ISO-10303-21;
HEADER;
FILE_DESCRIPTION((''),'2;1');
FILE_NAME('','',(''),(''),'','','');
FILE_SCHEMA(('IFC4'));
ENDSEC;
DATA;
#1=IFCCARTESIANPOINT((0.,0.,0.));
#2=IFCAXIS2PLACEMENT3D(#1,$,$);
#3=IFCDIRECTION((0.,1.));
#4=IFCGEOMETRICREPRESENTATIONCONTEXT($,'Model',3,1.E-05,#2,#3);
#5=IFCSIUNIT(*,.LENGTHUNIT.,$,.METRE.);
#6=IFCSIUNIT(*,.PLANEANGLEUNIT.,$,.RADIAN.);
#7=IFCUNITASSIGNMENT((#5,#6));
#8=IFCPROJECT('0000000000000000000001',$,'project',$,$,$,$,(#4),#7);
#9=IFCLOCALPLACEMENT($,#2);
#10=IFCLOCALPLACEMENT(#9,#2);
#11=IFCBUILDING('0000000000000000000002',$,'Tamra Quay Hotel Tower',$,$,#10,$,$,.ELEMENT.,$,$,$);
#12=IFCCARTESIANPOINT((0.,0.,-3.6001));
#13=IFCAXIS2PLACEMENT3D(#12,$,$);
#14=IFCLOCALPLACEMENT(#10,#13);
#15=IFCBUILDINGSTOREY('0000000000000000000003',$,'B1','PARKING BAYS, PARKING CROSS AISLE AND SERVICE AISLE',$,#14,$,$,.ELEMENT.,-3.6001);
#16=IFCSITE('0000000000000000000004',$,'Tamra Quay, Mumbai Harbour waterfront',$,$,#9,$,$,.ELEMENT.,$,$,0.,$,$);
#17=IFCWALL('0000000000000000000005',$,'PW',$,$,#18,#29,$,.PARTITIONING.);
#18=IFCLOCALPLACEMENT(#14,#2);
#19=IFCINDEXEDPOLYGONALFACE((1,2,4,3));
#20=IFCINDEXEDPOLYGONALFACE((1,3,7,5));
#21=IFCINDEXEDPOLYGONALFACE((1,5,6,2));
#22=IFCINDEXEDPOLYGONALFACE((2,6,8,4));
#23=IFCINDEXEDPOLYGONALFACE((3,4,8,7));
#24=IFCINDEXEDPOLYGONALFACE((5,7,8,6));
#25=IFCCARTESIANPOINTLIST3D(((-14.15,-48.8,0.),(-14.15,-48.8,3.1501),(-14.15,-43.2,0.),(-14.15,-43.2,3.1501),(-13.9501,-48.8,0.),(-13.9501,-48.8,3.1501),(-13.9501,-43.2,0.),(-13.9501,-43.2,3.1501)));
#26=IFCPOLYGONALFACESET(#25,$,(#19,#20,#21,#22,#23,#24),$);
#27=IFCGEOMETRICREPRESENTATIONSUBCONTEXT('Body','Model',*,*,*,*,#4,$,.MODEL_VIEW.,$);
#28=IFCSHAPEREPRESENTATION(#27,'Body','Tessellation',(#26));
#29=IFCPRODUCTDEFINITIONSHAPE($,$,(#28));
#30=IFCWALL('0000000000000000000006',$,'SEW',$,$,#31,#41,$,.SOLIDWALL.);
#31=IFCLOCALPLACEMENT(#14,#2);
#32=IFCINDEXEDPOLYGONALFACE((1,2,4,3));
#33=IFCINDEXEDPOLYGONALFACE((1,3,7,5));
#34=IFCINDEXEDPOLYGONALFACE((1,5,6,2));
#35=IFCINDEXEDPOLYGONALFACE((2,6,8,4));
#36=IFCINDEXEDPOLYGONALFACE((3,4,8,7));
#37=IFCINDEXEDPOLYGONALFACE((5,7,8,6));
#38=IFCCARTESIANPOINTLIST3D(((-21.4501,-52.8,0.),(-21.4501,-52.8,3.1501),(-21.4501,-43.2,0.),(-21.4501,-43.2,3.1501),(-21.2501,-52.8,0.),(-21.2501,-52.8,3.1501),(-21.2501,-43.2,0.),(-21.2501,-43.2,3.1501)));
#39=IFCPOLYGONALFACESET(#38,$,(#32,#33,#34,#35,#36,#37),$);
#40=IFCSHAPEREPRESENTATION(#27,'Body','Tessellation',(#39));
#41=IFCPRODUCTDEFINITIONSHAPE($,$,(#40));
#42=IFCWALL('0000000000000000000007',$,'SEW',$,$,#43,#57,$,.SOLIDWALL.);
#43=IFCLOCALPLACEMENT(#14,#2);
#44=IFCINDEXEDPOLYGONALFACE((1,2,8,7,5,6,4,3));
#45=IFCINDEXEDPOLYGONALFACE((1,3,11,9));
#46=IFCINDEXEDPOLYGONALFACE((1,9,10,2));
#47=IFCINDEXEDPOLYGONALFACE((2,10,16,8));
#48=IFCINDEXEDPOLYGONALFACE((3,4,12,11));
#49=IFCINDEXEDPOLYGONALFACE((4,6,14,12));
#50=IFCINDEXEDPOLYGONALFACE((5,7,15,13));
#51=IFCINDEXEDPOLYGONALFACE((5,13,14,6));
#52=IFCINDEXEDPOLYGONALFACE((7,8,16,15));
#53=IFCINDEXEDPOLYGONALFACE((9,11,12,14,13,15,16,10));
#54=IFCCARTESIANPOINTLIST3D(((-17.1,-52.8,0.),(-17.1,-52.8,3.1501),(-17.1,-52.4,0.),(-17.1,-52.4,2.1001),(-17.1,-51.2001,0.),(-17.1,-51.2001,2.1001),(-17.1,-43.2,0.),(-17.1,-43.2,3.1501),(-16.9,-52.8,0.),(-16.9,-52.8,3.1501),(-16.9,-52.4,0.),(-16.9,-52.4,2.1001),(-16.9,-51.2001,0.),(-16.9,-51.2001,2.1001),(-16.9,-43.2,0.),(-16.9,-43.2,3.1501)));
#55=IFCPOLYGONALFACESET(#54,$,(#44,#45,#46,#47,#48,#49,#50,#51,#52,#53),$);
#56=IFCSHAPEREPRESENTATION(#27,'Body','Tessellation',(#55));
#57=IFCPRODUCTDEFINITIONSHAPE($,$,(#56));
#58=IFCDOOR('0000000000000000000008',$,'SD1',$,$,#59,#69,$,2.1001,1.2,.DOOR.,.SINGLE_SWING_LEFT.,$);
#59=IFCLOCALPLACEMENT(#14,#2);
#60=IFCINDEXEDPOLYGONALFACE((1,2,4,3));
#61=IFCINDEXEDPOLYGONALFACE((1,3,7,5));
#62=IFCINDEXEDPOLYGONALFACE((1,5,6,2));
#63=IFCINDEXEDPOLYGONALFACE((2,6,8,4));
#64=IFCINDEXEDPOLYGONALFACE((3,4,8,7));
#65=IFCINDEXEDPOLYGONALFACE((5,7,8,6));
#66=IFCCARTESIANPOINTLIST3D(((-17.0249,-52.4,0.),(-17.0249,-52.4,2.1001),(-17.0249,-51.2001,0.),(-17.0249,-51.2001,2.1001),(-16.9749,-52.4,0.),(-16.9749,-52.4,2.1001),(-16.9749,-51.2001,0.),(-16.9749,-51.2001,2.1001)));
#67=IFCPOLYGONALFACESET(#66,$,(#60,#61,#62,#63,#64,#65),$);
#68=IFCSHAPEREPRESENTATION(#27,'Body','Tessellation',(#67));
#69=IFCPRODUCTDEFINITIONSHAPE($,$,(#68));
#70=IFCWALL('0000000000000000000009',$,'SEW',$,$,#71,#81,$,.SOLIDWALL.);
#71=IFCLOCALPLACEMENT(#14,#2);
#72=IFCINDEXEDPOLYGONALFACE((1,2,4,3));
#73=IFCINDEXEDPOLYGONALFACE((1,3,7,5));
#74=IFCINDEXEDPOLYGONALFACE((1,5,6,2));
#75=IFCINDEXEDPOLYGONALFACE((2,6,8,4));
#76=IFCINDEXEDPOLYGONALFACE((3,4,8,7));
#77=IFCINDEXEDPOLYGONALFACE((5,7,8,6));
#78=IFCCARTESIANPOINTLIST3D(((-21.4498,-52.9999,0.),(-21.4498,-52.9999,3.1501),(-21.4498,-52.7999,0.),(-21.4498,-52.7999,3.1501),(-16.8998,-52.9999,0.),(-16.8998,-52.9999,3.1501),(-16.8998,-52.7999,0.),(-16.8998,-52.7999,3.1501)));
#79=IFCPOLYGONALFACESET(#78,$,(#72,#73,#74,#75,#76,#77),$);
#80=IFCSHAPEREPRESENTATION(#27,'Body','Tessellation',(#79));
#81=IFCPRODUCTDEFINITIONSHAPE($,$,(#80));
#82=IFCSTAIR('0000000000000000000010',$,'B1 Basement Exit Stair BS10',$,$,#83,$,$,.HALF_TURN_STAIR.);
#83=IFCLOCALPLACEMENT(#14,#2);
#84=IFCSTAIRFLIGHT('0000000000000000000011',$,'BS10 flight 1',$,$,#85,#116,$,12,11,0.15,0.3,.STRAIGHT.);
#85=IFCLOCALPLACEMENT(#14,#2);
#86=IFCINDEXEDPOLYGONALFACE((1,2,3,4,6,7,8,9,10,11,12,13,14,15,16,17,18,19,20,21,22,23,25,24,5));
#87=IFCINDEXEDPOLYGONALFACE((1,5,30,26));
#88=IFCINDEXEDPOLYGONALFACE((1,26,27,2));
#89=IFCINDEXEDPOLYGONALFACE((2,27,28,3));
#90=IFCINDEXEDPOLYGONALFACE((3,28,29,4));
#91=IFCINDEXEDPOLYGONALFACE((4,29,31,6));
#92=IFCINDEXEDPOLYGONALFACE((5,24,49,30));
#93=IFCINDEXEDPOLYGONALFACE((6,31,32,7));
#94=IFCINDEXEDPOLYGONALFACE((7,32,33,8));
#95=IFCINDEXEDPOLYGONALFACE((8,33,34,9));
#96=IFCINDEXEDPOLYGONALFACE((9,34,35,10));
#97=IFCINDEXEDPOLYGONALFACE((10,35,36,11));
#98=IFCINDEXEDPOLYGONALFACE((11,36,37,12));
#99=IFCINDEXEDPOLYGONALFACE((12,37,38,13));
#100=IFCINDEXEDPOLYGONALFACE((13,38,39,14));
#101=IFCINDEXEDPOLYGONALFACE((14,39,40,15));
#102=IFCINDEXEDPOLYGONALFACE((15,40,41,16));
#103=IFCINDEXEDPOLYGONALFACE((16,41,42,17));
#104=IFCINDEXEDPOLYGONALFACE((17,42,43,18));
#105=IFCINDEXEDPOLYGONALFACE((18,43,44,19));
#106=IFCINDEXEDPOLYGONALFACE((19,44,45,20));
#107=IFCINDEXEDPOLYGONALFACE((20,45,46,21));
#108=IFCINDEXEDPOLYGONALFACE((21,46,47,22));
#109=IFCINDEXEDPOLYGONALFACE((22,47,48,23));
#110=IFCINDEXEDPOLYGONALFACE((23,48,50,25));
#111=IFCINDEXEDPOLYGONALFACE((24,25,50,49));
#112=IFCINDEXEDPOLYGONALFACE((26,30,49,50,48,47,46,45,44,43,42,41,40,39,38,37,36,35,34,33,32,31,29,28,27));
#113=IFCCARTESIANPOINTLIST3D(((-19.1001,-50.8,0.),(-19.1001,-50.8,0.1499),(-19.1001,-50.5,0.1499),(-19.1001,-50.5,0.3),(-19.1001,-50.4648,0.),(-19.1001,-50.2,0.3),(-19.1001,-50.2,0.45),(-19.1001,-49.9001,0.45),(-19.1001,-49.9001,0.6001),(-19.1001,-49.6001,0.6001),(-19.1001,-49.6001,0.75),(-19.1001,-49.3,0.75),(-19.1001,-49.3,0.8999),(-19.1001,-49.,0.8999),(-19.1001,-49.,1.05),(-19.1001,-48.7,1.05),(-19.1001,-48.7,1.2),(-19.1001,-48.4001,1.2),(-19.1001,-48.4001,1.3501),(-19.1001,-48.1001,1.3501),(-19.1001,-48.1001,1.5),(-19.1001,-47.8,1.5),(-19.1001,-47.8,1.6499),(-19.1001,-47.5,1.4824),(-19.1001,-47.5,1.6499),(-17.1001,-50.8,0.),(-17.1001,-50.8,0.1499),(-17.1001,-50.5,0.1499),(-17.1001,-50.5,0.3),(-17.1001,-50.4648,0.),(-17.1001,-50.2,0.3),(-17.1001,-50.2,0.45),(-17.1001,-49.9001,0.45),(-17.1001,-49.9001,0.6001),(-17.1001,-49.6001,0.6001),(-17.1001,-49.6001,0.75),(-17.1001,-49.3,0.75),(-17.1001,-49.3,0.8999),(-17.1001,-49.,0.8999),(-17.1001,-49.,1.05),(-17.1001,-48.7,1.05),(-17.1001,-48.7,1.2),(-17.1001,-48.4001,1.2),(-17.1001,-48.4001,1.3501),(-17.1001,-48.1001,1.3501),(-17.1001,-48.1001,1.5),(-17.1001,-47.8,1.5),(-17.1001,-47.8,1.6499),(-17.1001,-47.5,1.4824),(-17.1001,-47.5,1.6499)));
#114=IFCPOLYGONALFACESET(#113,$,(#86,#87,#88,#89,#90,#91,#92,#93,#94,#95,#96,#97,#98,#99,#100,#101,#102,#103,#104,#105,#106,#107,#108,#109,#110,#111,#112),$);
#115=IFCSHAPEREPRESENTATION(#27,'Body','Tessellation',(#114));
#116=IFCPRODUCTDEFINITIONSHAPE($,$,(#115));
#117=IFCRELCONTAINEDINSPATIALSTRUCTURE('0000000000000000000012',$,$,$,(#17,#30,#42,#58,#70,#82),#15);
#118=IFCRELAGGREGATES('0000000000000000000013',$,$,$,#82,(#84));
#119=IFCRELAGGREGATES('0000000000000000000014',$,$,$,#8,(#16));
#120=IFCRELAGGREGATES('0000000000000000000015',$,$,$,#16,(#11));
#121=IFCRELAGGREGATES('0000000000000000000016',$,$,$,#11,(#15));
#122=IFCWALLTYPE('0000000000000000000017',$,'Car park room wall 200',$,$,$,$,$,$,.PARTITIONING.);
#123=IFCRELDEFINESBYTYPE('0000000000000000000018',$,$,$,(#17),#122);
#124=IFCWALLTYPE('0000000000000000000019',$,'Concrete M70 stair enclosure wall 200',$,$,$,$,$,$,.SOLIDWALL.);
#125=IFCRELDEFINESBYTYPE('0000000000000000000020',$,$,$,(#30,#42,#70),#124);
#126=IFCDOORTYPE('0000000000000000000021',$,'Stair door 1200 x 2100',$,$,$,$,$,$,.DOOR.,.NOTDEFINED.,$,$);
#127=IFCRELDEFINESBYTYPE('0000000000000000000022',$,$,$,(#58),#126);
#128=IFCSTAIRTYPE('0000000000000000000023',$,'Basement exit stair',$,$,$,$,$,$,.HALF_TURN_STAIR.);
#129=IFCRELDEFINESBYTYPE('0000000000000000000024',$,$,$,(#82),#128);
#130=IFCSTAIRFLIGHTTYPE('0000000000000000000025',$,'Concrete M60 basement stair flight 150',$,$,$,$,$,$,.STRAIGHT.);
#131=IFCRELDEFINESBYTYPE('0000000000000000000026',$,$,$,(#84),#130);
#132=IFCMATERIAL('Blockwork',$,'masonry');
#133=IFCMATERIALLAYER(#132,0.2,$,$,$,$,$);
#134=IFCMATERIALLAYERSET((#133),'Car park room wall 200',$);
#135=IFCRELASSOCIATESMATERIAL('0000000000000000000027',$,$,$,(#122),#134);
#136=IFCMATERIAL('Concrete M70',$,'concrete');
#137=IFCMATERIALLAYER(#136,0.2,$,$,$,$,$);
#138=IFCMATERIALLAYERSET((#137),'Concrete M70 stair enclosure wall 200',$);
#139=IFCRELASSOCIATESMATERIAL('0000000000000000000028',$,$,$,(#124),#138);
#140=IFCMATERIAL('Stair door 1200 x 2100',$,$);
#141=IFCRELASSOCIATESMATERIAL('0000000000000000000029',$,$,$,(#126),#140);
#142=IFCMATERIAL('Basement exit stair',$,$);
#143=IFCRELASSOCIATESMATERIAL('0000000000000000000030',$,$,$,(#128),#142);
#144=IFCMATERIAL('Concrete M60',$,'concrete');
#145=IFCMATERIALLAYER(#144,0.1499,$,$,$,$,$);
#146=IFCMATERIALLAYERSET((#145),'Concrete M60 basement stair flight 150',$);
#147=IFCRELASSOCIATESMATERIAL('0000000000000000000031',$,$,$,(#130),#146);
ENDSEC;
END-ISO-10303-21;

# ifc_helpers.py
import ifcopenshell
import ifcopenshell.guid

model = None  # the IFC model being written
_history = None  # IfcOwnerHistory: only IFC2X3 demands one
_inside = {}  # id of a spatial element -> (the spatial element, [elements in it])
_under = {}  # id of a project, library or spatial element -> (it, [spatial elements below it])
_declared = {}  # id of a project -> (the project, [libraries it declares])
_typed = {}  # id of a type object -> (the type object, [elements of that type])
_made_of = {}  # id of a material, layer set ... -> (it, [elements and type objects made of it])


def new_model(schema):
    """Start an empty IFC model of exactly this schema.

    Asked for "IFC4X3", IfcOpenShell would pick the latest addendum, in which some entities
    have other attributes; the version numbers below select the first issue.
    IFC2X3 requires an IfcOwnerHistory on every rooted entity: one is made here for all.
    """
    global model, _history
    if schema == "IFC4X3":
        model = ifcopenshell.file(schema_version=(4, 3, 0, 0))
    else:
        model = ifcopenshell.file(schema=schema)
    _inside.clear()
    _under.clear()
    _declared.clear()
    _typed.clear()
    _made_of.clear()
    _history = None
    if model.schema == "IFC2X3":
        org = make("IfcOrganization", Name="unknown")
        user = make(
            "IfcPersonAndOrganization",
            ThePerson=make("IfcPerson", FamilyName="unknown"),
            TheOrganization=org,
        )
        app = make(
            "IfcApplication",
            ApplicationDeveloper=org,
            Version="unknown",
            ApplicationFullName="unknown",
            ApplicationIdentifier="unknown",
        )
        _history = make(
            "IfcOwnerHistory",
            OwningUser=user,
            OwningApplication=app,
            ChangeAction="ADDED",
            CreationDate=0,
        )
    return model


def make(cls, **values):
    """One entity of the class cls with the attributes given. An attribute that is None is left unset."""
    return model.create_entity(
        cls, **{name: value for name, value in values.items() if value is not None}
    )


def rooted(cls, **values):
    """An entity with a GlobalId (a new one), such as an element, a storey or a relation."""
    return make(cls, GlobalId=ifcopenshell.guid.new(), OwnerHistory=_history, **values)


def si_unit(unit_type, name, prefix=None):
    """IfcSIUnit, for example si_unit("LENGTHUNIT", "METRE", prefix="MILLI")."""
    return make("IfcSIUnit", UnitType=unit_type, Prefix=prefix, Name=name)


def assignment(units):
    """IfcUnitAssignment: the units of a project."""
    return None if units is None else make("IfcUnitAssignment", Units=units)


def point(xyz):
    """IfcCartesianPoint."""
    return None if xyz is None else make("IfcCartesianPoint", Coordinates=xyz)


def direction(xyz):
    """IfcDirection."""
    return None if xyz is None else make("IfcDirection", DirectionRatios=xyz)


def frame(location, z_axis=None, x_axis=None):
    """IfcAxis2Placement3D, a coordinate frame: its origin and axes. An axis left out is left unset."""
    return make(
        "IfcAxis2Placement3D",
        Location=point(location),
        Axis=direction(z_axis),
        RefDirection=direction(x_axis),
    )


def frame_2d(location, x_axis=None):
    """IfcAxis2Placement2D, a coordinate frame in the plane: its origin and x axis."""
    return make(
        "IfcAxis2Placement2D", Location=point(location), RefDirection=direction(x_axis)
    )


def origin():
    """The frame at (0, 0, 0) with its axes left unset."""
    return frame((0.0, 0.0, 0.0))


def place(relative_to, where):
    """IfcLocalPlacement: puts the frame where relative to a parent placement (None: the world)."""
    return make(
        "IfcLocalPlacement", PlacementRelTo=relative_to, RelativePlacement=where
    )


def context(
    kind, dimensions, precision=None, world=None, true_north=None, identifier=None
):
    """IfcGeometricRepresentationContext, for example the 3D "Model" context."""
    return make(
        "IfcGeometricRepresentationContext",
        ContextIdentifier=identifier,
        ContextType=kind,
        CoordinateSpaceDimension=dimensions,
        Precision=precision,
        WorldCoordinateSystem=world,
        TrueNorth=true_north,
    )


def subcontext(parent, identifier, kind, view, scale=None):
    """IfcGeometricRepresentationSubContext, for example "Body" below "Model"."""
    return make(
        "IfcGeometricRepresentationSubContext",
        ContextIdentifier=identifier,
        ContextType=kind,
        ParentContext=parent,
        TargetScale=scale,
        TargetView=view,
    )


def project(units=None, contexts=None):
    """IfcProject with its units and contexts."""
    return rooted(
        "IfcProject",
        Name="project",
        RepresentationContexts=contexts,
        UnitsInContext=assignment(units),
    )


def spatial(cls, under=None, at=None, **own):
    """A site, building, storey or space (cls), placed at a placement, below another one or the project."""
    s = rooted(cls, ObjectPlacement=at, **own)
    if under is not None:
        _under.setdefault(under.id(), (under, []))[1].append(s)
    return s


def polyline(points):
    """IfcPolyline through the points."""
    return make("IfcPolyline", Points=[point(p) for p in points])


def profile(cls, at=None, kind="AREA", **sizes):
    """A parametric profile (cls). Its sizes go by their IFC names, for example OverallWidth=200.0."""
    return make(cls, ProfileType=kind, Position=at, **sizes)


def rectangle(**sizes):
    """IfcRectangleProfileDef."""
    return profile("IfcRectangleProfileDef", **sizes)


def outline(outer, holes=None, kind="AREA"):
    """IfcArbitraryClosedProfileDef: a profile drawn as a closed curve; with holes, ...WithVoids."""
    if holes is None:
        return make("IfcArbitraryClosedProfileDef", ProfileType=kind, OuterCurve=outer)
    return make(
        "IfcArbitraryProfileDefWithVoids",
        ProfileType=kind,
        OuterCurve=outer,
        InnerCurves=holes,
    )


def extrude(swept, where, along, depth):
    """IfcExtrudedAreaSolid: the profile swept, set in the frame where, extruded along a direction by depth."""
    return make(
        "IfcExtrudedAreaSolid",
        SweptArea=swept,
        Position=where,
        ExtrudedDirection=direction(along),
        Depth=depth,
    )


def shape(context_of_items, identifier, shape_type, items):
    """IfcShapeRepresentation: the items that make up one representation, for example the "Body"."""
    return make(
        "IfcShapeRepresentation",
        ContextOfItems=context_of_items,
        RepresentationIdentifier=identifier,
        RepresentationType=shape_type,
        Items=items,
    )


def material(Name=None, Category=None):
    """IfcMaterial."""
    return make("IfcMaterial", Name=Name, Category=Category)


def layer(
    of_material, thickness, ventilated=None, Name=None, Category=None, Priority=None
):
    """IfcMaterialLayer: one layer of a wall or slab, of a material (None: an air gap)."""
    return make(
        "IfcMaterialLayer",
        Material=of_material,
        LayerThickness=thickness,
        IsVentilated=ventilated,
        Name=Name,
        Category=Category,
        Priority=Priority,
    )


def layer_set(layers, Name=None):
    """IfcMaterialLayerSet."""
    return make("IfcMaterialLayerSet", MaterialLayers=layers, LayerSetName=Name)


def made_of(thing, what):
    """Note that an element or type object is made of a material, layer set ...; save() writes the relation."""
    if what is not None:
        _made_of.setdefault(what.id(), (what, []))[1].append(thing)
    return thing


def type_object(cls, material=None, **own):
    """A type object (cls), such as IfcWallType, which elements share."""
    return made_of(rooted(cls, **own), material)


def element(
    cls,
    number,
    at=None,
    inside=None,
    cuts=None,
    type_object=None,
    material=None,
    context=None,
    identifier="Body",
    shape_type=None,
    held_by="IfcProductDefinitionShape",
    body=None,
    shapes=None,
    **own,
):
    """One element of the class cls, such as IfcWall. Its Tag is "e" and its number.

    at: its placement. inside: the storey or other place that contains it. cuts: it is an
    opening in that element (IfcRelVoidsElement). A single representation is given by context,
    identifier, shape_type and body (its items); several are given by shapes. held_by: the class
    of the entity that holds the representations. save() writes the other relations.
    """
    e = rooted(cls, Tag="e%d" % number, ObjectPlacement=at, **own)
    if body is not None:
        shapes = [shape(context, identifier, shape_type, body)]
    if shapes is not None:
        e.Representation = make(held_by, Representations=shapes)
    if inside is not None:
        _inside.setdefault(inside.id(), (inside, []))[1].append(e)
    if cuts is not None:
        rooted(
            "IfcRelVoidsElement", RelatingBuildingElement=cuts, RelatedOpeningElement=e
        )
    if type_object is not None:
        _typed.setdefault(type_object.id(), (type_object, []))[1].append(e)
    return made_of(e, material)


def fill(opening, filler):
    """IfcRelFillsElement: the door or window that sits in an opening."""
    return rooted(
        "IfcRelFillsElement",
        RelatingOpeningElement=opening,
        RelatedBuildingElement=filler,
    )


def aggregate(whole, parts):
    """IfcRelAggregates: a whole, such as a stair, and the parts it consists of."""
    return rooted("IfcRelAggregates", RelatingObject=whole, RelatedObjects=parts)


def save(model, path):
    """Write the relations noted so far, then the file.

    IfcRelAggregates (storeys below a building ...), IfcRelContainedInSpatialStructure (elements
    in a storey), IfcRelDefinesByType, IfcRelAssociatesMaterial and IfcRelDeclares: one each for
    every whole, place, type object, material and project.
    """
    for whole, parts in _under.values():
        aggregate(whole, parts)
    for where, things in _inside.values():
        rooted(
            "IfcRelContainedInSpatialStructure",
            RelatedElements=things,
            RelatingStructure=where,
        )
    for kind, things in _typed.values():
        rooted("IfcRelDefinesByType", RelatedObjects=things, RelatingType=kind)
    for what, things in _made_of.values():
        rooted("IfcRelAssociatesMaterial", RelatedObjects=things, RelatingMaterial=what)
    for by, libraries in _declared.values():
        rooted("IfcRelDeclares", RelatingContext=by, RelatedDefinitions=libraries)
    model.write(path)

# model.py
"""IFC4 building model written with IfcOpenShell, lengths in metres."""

from ifc_helpers import new_model, si_unit, direction, frame, frame_2d, origin, place, context, subcontext, project, spatial, polyline, rectangle, outline, extrude, material, layer, layer_set, type_object, element, fill, aggregate, save


model = new_model("IFC4")

# Units and contexts
model_context = context("Model", 3, precision=1e-05, world=origin(), true_north=direction((0.0, 1.0)))
body_context = subcontext(model_context, "Body", "Model", "MODEL_VIEW")
ifc_project = project(units=[si_unit("LENGTHUNIT", "METRE"), si_unit("PLANEANGLEUNIT", "RADIAN")], contexts=[model_context])

# Site, building, storey
site_placement = place(None, origin())
site = spatial("IfcSite", under=ifc_project, at=site_placement, Name="Tamra Quay, Mumbai Harbour waterfront", CompositionType="ELEMENT", RefElevation=0.0)
building_placement = place(site_placement, origin())
building = spatial("IfcBuilding", under=site, at=building_placement, Name="Tamra Quay Hotel Tower", CompositionType="ELEMENT")
storey_placement = place(building_placement, frame((0.0, 0.0, -3.6001)))
storey = spatial("IfcBuildingStorey", under=building, at=storey_placement, Name="B1", Description="PARKING BAYS, PARKING CROSS AISLE AND SERVICE AISLE", CompositionType="ELEMENT", Elevation=-3.6001)

# Shared definitions
ifc_material_1 = material(Name="Concrete M70", Category="concrete")

# Shared definitions
ifc_material_2 = material(Name="Blockwork", Category="masonry")
ifc_layer_1 = layer(ifc_material_2, 0.2)
ifc_layer_set_1 = layer_set([ifc_layer_1], Name="Car park room wall 200")
wall_type_1 = type_object("IfcWallType", Name="Car park room wall 200", PredefinedType="PARTITIONING", material=ifc_layer_set_1)

# Walls
wall_1_placement = place(storey_placement, frame((-14.05, -48.8, 0.0), z_axis=(0.0, 0.0, 1.0), x_axis=(0.0, 1.0, 0.0)))
element("IfcWall", 1, at=wall_1_placement, inside=storey, type_object=wall_type_1, Name="PW", PredefinedType="PARTITIONING", context=body_context, shape_type="SweptSolid", body=[
    extrude(rectangle(XDim=5.6001, YDim=0.2, at=frame_2d((2.8, 0.0))), origin(), (0.0, 0.0, 1.0), 3.1501),
])
ifc_layer_2 = layer(ifc_material_1, 0.2)
ifc_layer_set_2 = layer_set([ifc_layer_2], Name="Concrete M70 stair enclosure wall 200")
wall_type_2 = type_object("IfcWallType", Name="Concrete M70 stair enclosure wall 200", PredefinedType="SOLIDWALL", material=ifc_layer_set_2)
wall_2_placement = place(storey_placement, frame((-21.3501, -52.8, 0.0), z_axis=(0.0, 0.0, 1.0), x_axis=(0.0, 1.0, 0.0)))
element("IfcWall", 2, at=wall_2_placement, inside=storey, type_object=wall_type_2, Name="SEW", PredefinedType="SOLIDWALL", context=body_context, shape_type="SweptSolid", body=[
    extrude(rectangle(XDim=9.6001, YDim=0.2, at=frame_2d((4.8, 0.0))), origin(), (0.0, 0.0, 1.0), 3.1501),
])

# Wall, opening, door
wall_3_placement = place(storey_placement, frame((-17.0, -52.8, 0.0), z_axis=(0.0, 0.0, 1.0), x_axis=(0.0, 1.0, 0.0)))
wall_3 = element("IfcWall", 3, at=wall_3_placement, inside=storey, type_object=wall_type_2, Name="SEW", PredefinedType="SOLIDWALL", context=body_context, shape_type="SweptSolid", body=[
    extrude(rectangle(XDim=9.6001, YDim=0.2, at=frame_2d((4.8, 0.0))), origin(), (0.0, 0.0, 1.0), 3.1501),
])
opening_1_placement = place(wall_3_placement, frame((0.3999, 0.0, 0.0)))
opening_1 = element("IfcOpeningElement", 4, at=opening_1_placement, cuts=wall_3, PredefinedType="OPENING", context=body_context, shape_type="SweptSolid", body=[
    extrude(rectangle(XDim=1.2, YDim=2.1001, at=frame_2d((0.6001, 1.05))), frame((0.0, 0.1099, 0.0), z_axis=(0.0, -1.0, 0.0), x_axis=(1.0, 0.0, 0.0)), (0.0, 0.0, 1.0), 0.22),
])
ifc_material_3 = material(Name="Stair door 1200 x 2100")
door_type_1 = type_object("IfcDoorType", Name="Stair door 1200 x 2100", OperationType="NOTDEFINED", PredefinedType="DOOR", material=ifc_material_3)
door_1_placement = place(opening_1_placement, origin())
door_1 = element("IfcDoor", 5, at=door_1_placement, inside=storey, type_object=door_type_1, Name="SD1", OperationType="SINGLE_SWING_LEFT", OverallHeight=2.1001, OverallWidth=1.2, PredefinedType="DOOR", context=body_context, shape_type="SweptSolid", body=[
    extrude(rectangle(XDim=1.2, YDim=2.1001, at=frame_2d((0.6001, 1.05))), frame((0.0, 0.0249, 0.0), z_axis=(0.0, -1.0, 0.0), x_axis=(1.0, 0.0, 0.0)), (0.0, 0.0, 1.0), 0.05),
])
fill(opening_1, door_1)

# Wall
wall_4_placement = place(storey_placement, frame((-16.8999, -52.8999, 0.0), z_axis=(0.0, 0.0, 1.0), x_axis=(-1.0, 0.0, 0.0)))
element("IfcWall", 6, at=wall_4_placement, inside=storey, type_object=wall_type_2, Name="SEW", PredefinedType="SOLIDWALL", context=body_context, shape_type="SweptSolid", body=[
    extrude(rectangle(XDim=4.55, YDim=0.2, at=frame_2d((2.2749, 0.0))), origin(), (0.0, 0.0, 1.0), 3.1501),
])

# Stair, stair flight
ifc_material_4 = material(Name="Basement exit stair")
stair_type = type_object("IfcStairType", Name="Basement exit stair", PredefinedType="HALF_TURN_STAIR", material=ifc_material_4)
stair_placement = place(storey_placement, origin())
stair = element("IfcStair", 7, at=stair_placement, inside=storey, type_object=stair_type, Name="B1 Basement Exit Stair BS10", PredefinedType="HALF_TURN_STAIR")
ifc_material_5 = material(Name="Concrete M60", Category="concrete")
ifc_layer_3 = layer(ifc_material_5, 0.1499)
ifc_layer_set_3 = layer_set([ifc_layer_3], Name="Concrete M60 basement stair flight 150")
stair_flight_type = type_object("IfcStairFlightType", Name="Concrete M60 basement stair flight 150", PredefinedType="STRAIGHT", material=ifc_layer_set_3)
stair_flight_placement = place(storey_placement, frame((-18.1001, -50.8, 0.0), z_axis=(0.0, 0.0, 1.0), x_axis=(0.0, 1.0, 0.0)))
stair_flight = element("IfcStairFlight", 8, at=stair_flight_placement, type_object=stair_flight_type, Name="BS10 flight 1", NumberOfRisers=12, NumberOfTreads=11, PredefinedType="STRAIGHT", RiserHeight=0.15, TreadLength=0.3, context=body_context, shape_type="SweptSolid", body=[
    extrude(outline(polyline([(0.0, 0.0), (0.0, 0.1499), (0.3, 0.1499), (0.3, 0.3), (0.6001, 0.3), (0.6001, 0.45), (0.8999, 0.45), (0.8999, 0.6001), (1.2, 0.6001), (1.2, 0.75), (1.5, 0.75), (1.5, 0.8999), (1.8, 0.8999), (1.8, 1.05), (2.1001, 1.05), (2.1001, 1.2), (2.3999, 1.2), (2.3999, 1.3501), (2.7, 1.3501), (2.7, 1.5), (3.0, 1.5), (3.0, 1.6499), (3.3, 1.6499), (3.3, 1.8), (3.3, 1.4824), (0.3352, 0.0), (0.0, 0.0)])), frame((0.0, 1.0, 0.0), z_axis=(0.0, -1.0, 0.0), x_axis=(1.0, 0.0, 0.0)), (0.0, 0.0, 1.0), 2.0),
])
aggregate(stair, [stair_flight])

save(model, "model.ifc")
